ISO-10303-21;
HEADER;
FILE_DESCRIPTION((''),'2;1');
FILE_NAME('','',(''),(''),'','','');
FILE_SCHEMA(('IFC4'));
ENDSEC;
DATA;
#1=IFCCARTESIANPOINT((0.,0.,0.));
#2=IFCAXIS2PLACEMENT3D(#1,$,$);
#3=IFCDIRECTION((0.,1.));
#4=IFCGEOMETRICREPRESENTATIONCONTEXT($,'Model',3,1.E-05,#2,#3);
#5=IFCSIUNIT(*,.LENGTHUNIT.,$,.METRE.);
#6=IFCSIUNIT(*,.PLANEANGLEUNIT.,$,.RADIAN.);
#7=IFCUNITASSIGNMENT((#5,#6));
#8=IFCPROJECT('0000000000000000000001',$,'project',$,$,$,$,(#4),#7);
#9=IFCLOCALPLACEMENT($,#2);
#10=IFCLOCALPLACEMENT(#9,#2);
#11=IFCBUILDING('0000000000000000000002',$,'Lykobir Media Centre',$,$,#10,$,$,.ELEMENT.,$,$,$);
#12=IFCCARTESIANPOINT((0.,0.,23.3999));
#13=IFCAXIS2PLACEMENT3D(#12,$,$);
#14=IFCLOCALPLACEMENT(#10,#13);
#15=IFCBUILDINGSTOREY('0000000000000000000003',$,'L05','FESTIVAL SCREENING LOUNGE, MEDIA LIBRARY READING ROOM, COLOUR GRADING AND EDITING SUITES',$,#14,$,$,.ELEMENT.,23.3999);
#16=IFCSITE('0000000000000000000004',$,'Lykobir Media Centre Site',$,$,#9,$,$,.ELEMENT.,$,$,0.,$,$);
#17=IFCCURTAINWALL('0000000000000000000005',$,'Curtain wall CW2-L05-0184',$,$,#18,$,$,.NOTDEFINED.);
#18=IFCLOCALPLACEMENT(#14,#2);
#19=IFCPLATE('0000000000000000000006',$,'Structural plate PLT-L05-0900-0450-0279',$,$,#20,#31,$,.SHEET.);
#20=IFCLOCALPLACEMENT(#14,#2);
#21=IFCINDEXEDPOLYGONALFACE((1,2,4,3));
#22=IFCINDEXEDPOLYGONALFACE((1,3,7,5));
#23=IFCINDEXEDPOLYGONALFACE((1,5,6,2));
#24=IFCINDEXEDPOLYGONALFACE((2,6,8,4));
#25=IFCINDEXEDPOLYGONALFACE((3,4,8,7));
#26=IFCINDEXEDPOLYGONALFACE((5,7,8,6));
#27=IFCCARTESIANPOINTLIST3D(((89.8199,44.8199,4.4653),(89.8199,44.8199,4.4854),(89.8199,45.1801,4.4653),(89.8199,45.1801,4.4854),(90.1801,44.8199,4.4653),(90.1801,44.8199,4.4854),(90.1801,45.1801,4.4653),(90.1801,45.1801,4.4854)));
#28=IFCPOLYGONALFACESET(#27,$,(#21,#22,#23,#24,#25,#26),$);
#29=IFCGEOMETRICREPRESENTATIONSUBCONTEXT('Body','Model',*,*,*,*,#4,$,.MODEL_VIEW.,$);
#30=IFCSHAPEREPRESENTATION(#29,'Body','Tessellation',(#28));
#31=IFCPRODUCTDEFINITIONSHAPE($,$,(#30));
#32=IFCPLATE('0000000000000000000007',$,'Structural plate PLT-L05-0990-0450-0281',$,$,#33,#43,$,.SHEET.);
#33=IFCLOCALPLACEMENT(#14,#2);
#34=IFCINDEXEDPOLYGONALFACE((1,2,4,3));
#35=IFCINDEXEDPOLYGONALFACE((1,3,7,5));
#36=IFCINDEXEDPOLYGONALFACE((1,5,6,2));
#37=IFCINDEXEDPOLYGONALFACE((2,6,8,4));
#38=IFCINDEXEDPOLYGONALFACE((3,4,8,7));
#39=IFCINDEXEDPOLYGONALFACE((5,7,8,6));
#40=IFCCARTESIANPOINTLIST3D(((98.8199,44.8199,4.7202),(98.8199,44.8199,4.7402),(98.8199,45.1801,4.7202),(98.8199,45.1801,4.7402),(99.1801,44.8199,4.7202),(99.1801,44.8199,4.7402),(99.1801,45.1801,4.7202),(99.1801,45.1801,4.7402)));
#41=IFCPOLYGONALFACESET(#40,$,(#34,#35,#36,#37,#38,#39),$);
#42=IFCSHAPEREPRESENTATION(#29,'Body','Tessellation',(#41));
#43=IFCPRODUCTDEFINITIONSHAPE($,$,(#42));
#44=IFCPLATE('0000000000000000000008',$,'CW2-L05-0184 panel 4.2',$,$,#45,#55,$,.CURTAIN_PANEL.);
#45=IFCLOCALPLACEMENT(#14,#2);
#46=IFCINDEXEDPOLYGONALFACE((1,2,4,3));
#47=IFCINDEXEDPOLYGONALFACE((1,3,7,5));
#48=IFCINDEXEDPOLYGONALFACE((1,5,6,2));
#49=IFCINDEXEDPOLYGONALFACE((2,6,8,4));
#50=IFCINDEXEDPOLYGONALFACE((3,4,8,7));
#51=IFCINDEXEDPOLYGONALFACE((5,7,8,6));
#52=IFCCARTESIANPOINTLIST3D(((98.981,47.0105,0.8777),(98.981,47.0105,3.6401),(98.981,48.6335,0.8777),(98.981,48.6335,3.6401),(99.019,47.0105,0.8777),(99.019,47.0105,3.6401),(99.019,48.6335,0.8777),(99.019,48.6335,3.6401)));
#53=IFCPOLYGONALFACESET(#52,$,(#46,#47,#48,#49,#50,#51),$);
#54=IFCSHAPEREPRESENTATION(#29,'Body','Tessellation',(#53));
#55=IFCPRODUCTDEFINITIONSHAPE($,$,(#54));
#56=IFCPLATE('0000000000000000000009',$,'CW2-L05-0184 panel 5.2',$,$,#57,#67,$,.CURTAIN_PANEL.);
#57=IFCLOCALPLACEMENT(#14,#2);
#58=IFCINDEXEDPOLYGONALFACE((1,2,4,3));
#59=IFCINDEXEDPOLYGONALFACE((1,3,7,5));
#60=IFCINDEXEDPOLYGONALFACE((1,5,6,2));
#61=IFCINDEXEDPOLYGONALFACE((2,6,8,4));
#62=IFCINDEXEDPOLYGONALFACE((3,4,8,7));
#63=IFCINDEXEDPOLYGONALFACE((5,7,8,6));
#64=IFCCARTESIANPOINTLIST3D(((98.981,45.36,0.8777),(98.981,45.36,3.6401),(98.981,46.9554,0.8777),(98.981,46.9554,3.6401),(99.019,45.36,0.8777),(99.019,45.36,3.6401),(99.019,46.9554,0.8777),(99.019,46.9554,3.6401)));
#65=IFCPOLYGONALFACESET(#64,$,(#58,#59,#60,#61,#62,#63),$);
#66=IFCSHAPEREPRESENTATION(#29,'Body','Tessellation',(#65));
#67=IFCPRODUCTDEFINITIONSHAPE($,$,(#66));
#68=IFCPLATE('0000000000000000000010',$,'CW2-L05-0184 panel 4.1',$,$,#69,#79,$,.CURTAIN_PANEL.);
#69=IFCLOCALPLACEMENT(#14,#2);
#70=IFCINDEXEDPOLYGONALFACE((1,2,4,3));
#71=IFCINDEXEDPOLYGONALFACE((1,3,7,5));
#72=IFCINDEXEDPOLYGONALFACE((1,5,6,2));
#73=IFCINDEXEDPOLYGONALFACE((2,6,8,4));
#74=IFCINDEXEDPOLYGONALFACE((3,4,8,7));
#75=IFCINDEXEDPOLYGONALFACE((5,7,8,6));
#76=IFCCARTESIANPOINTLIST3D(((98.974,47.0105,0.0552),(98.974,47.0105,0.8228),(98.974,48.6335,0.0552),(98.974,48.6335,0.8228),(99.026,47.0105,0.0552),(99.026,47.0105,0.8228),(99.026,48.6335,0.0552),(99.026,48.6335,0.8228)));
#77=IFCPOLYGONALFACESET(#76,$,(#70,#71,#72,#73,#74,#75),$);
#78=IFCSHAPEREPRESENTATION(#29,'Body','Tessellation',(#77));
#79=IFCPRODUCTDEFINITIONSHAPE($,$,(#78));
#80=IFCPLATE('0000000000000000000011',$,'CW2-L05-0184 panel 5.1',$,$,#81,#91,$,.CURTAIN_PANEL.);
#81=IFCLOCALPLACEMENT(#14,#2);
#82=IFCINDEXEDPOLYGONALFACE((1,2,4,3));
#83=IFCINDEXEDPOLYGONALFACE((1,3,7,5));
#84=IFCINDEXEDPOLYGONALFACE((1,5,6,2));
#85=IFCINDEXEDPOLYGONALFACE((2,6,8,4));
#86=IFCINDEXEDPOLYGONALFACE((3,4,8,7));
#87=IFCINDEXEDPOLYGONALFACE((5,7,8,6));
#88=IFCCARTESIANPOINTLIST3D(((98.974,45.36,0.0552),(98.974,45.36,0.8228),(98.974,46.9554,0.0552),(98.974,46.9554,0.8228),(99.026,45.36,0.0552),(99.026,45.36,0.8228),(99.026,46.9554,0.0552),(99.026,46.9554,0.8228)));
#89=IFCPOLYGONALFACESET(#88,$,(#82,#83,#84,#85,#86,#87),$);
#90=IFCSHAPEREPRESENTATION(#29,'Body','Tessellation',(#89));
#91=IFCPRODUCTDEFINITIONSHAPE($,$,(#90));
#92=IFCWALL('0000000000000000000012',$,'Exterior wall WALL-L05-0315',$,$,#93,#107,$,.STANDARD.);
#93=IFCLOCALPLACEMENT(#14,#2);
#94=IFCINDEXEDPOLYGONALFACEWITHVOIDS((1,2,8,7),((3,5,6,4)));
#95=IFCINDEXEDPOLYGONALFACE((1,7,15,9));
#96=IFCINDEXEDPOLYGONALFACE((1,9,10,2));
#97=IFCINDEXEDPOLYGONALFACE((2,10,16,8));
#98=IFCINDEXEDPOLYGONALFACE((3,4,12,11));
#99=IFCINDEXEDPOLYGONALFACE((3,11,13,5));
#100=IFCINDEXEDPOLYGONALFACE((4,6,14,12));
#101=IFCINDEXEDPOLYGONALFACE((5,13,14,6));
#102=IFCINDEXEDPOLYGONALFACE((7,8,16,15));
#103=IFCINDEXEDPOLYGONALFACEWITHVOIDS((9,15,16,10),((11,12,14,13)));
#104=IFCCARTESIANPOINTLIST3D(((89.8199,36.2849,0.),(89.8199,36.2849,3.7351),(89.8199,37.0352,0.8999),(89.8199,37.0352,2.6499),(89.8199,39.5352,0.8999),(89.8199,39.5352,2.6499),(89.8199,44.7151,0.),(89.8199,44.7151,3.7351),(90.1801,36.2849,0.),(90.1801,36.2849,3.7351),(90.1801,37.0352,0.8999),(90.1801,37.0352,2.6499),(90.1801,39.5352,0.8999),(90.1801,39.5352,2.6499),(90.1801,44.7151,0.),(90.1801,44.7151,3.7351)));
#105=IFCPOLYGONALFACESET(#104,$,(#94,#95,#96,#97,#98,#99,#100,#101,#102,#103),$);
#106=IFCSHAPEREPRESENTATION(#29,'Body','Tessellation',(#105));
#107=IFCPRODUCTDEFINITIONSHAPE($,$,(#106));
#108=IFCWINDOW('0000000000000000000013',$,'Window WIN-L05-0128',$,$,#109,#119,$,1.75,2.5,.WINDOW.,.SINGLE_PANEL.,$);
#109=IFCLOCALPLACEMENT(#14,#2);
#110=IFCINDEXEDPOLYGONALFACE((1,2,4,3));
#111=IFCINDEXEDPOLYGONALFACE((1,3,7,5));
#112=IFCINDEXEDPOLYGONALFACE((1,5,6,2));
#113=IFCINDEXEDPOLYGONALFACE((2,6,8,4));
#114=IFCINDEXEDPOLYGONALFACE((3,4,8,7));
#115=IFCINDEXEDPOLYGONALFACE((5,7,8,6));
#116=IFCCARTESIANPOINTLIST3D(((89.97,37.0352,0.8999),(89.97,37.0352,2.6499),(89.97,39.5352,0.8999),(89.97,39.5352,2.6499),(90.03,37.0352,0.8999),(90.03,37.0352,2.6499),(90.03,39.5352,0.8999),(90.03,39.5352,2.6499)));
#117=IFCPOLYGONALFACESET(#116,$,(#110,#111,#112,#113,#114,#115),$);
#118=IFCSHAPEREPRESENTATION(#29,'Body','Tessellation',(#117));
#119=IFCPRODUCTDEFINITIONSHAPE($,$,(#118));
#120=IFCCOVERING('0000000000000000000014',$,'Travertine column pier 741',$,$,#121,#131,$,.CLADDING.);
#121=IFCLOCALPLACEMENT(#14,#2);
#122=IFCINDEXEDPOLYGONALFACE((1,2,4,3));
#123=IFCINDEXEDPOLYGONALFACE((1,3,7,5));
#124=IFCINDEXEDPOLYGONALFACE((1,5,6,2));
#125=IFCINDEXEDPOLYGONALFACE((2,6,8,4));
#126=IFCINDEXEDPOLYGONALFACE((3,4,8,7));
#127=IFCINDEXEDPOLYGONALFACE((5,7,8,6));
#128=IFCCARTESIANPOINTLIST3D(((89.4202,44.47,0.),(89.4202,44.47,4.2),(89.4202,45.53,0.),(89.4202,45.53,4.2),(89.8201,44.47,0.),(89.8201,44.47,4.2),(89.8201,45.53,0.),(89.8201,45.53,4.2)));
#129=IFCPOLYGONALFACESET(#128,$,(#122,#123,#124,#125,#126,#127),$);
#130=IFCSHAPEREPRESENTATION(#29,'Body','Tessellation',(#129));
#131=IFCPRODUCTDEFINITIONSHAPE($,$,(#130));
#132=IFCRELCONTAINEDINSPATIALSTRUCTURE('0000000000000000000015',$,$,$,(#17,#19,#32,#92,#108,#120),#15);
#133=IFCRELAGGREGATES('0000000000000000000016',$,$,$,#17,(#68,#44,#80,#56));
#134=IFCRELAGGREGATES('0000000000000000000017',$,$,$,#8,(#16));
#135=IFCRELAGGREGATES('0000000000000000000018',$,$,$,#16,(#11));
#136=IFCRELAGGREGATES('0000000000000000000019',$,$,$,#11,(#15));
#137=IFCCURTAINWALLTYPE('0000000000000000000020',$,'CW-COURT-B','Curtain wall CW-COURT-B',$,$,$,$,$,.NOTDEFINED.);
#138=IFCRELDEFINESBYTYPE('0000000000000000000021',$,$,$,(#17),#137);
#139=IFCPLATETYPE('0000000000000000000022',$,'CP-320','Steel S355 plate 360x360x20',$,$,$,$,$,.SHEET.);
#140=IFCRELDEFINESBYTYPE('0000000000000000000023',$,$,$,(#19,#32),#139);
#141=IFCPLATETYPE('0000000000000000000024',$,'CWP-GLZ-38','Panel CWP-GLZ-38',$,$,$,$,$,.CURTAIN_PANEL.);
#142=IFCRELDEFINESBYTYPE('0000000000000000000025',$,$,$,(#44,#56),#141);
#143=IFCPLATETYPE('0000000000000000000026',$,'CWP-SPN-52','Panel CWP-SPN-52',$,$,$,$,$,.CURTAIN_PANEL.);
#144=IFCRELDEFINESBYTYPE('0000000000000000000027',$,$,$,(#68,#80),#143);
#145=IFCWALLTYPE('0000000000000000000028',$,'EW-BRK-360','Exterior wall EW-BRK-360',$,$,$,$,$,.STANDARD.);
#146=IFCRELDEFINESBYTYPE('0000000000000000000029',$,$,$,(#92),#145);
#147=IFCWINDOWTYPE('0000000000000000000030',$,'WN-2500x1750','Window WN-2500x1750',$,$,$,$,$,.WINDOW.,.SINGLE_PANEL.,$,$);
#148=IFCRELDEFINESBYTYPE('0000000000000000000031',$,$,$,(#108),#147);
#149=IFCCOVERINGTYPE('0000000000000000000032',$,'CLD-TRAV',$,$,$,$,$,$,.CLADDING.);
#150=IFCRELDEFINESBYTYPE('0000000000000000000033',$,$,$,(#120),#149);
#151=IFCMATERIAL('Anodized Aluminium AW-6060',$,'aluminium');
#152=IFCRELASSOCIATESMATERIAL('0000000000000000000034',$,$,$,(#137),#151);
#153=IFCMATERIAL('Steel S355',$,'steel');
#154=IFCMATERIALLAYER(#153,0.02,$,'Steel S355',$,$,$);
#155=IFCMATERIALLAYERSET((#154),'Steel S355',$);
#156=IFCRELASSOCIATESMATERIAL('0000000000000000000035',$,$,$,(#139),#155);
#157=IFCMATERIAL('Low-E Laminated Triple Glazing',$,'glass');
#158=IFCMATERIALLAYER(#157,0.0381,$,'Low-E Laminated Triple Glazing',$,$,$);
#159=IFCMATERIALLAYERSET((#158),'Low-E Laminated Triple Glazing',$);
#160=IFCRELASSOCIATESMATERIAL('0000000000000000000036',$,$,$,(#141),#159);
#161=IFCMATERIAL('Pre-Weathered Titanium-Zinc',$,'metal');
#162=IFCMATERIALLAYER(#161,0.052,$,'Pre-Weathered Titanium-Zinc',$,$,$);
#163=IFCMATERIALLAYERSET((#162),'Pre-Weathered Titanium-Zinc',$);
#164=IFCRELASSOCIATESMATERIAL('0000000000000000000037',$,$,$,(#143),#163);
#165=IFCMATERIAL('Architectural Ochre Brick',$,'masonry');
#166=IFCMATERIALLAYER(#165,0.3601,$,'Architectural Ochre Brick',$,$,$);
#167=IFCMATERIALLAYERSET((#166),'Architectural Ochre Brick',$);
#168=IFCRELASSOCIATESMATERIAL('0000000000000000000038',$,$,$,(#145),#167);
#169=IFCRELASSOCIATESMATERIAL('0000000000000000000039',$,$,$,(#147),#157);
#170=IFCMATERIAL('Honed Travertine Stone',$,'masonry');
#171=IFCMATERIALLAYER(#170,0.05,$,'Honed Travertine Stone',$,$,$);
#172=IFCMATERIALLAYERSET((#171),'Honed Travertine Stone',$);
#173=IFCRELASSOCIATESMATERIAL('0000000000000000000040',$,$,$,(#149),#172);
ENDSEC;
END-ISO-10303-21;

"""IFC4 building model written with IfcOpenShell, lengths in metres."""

from ifc_helpers import new_model, si_unit, direction, frame, frame_2d, origin, origin_2d, place, context, subcontext, project, spatial, rectangle, extrude, material, layer, layer_set, type_object, element, fill, aggregate, save


model = new_model("IFC4")

# Units and contexts
model_context = context("Model", 3, precision=1e-05, world=origin(), true_north=direction((0.0, 1.0)))
body_context = subcontext(model_context, "Body", "Model", "MODEL_VIEW")
ifc_project = project(units=[si_unit("LENGTHUNIT", "METRE"), si_unit("PLANEANGLEUNIT", "RADIAN")], contexts=[model_context])

# Site, building, storey
site_placement = place(None, origin())
site = spatial("IfcSite", under=ifc_project, at=site_placement, Name="Lykobir Media Centre Site", CompositionType="ELEMENT", RefElevation=0.0)
building_placement = place(site_placement, origin())
building = spatial("IfcBuilding", under=site, at=building_placement, Name="Lykobir Media Centre", CompositionType="ELEMENT")
storey_placement = place(building_placement, frame((0.0, 0.0, 23.3999)))
storey = spatial("IfcBuildingStorey", under=building, at=storey_placement, Name="L05", Description="FESTIVAL SCREENING LOUNGE, MEDIA LIBRARY READING ROOM, COLOUR GRADING AND EDITING SUITES", CompositionType="ELEMENT", Elevation=23.3999)

# Shared definitions
ifc_material_1 = material(Name="Steel S355", Category="steel")

# Shared definitions
ifc_material_2 = material(Name="Anodized Aluminium AW-6060", Category="aluminium")
curtain_wall_type = type_object("IfcCurtainWallType", Name="CW-COURT-B", Description="Curtain wall CW-COURT-B", PredefinedType="NOTDEFINED", material=ifc_material_2)

# Curtain wall
curtain_wall_1_placement = place(storey_placement, origin())
curtain_wall_1 = element("IfcCurtainWall", 1, at=curtain_wall_1_placement, inside=storey, type_object=curtain_wall_type, Name="Curtain wall CW2-L05-0184", PredefinedType="NOTDEFINED")

# Plates
ifc_layer_1 = layer(ifc_material_1, 0.02, Name="Steel S355")
ifc_layer_set_1 = layer_set([ifc_layer_1], Name="Steel S355")
plate_type_1 = type_object("IfcPlateType", Name="CP-320", Description="Steel S355 plate 360x360x20", PredefinedType="SHEET", material=ifc_layer_set_1)
for number, where, z_axis, x_axis, name in (
    (2, (90.0, 45.0, 4.4653), (0.0, 0.0, 1.0), (1.0, 0.0, 0.0), "Structural plate PLT-L05-0900-0450-0279"),
    (3, (99.0, 45.0, 4.7202), (0.0, 0.0, 1.0), (1.0, 0.0, 0.0), "Structural plate PLT-L05-0990-0450-0281"),
):
    element("IfcPlate", number, at=place(storey_placement, frame(where, z_axis=z_axis, x_axis=x_axis)), inside=storey, type_object=plate_type_1, Name=name, PredefinedType="SHEET", context=body_context, shape_type="SweptSolid", body=[
        extrude(rectangle(XDim=0.3601, YDim=0.3601, at=origin_2d()), origin(), (0.0, 0.0, 1.0), 0.02),
    ])

# Plates
ifc_material_3 = material(Name="Low-E Laminated Triple Glazing", Category="glass")
ifc_layer_2 = layer(ifc_material_3, 0.0381, Name="Low-E Laminated Triple Glazing")
ifc_layer_set_2 = layer_set([ifc_layer_2], Name="Low-E Laminated Triple Glazing")
plate_type_2 = type_object("IfcPlateType", Name="CWP-GLZ-38", Description="Panel CWP-GLZ-38", PredefinedType="CURTAIN_PANEL", material=ifc_layer_set_2)
plate_1_placement = place(storey_placement, frame((99.0, 47.822, 0.8777), z_axis=(0.0, 0.0, 1.0), x_axis=(0.0, -1.0, 0.0)))
plate_1 = element("IfcPlate", 4, at=plate_1_placement, type_object=plate_type_2, Name="CW2-L05-0184 panel 4.2", PredefinedType="CURTAIN_PANEL", context=body_context, shape_type="SweptSolid", body=[
    extrude(rectangle(XDim=1.623, YDim=0.0381, at=origin_2d()), origin(), (0.0, 0.0, 1.0), 2.7625),
])
plate_2_placement = place(storey_placement, frame((99.0, 46.1577, 0.8777), z_axis=(0.0, 0.0, 1.0), x_axis=(0.0, -1.0, 0.0)))
plate_2 = element("IfcPlate", 5, at=plate_2_placement, type_object=plate_type_2, Name="CW2-L05-0184 panel 5.2", PredefinedType="CURTAIN_PANEL", context=body_context, shape_type="SweptSolid", body=[
    extrude(rectangle(XDim=1.5955, YDim=0.0381, at=origin_2d()), origin(), (0.0, 0.0, 1.0), 2.7625),
])
ifc_material_4 = material(Name="Pre-Weathered Titanium-Zinc", Category="metal")
ifc_layer_3 = layer(ifc_material_4, 0.052, Name="Pre-Weathered Titanium-Zinc")
ifc_layer_set_3 = layer_set([ifc_layer_3], Name="Pre-Weathered Titanium-Zinc")
plate_type_3 = type_object("IfcPlateType", Name="CWP-SPN-52", Description="Panel CWP-SPN-52", PredefinedType="CURTAIN_PANEL", material=ifc_layer_set_3)
plate_3_placement = place(storey_placement, frame((99.0, 47.822, 0.0552), z_axis=(0.0, 0.0, 1.0), x_axis=(0.0, -1.0, 0.0)))
plate_3 = element("IfcPlate", 6, at=plate_3_placement, type_object=plate_type_3, Name="CW2-L05-0184 panel 4.1", PredefinedType="CURTAIN_PANEL", context=body_context, shape_type="SweptSolid", body=[
    extrude(rectangle(XDim=1.623, YDim=0.052, at=origin_2d()), origin(), (0.0, 0.0, 1.0), 0.7676),
])
plate_4_placement = place(storey_placement, frame((99.0, 46.1577, 0.0552), z_axis=(0.0, 0.0, 1.0), x_axis=(0.0, -1.0, 0.0)))
plate_4 = element("IfcPlate", 7, at=plate_4_placement, type_object=plate_type_3, Name="CW2-L05-0184 panel 5.1", PredefinedType="CURTAIN_PANEL", context=body_context, shape_type="SweptSolid", body=[
    extrude(rectangle(XDim=1.5955, YDim=0.052, at=origin_2d()), origin(), (0.0, 0.0, 1.0), 0.7676),
])
aggregate(curtain_wall_1, [plate_3, plate_1, plate_4, plate_2])

# Wall, opening, window
ifc_material_5 = material(Name="Architectural Ochre Brick", Category="masonry")
ifc_layer_4 = layer(ifc_material_5, 0.3601, Name="Architectural Ochre Brick")
ifc_layer_set_4 = layer_set([ifc_layer_4], Name="Architectural Ochre Brick")
wall_type = type_object("IfcWallType", Name="EW-BRK-360", Description="Exterior wall EW-BRK-360", PredefinedType="STANDARD", material=ifc_layer_set_4)
wall_placement = place(storey_placement, frame((90.0, 44.7151, 0.0), z_axis=(0.0, 0.0, 1.0), x_axis=(0.0, -1.0, 0.0)))
wall = element("IfcWall", 8, at=wall_placement, inside=storey, type_object=wall_type, Name="Exterior wall WALL-L05-0315", PredefinedType="STANDARD", context=body_context, shape_type="SweptSolid", body=[
    extrude(rectangle(XDim=8.4302, YDim=0.3601, at=frame_2d((4.2151, 0.0))), origin(), (0.0, 0.0, 1.0), 3.7351),
])
opening_placement = place(wall_placement, frame((5.1799, 0.0, 0.8999)))
opening = element("IfcOpeningElement", 9, at=opening_placement, cuts=wall, PredefinedType="OPENING", context=body_context, shape_type="SweptSolid", body=[
    extrude(rectangle(XDim=2.5, YDim=1.75, at=frame_2d((1.25, 0.875))), frame((0.0, 0.1899, 0.0), z_axis=(0.0, -1.0, 0.0), x_axis=(1.0, 0.0, 0.0)), (0.0, 0.0, 1.0), 0.3801),
])
window_type = type_object("IfcWindowType", Name="WN-2500x1750", Description="Window WN-2500x1750", PartitioningType="SINGLE_PANEL", PredefinedType="WINDOW", material=ifc_material_3)
window_placement = place(opening_placement, origin())
window = element("IfcWindow", 10, at=window_placement, inside=storey, type_object=window_type, Name="Window WIN-L05-0128", OverallHeight=1.75, OverallWidth=2.5, PartitioningType="SINGLE_PANEL", PredefinedType="WINDOW", context=body_context, shape_type="SweptSolid", body=[
    extrude(rectangle(XDim=2.5, YDim=1.75, at=frame_2d((1.25, 0.875))), frame((0.0, 0.03, 0.0), z_axis=(0.0, -1.0, 0.0), x_axis=(1.0, 0.0, 0.0)), (0.0, 0.0, 1.0), 0.0601),
])
fill(opening, window)

# Covering
ifc_material_6 = material(Name="Honed Travertine Stone", Category="masonry")
ifc_layer_5 = layer(ifc_material_6, 0.05, Name="Honed Travertine Stone")
ifc_layer_set_5 = layer_set([ifc_layer_5], Name="Honed Travertine Stone")
covering_type = type_object("IfcCoveringType", Name="CLD-TRAV", PredefinedType="CLADDING", material=ifc_layer_set_5)
covering_placement = place(storey_placement, frame((89.6201, 45.0, 0.0), z_axis=(0.0, 0.0, 1.0), x_axis=(0.0, -1.0, 0.0)))
element("IfcCovering", 11, at=covering_placement, inside=storey, type_object=covering_type, Name="Travertine column pier 741", PredefinedType="CLADDING", context=body_context, shape_type="SweptSolid", body=[
    extrude(rectangle(XDim=1.0601, YDim=0.3999, at=origin_2d()), origin(), (0.0, 0.0, 1.0), 4.2),
])

save(model, "model.ifc")
